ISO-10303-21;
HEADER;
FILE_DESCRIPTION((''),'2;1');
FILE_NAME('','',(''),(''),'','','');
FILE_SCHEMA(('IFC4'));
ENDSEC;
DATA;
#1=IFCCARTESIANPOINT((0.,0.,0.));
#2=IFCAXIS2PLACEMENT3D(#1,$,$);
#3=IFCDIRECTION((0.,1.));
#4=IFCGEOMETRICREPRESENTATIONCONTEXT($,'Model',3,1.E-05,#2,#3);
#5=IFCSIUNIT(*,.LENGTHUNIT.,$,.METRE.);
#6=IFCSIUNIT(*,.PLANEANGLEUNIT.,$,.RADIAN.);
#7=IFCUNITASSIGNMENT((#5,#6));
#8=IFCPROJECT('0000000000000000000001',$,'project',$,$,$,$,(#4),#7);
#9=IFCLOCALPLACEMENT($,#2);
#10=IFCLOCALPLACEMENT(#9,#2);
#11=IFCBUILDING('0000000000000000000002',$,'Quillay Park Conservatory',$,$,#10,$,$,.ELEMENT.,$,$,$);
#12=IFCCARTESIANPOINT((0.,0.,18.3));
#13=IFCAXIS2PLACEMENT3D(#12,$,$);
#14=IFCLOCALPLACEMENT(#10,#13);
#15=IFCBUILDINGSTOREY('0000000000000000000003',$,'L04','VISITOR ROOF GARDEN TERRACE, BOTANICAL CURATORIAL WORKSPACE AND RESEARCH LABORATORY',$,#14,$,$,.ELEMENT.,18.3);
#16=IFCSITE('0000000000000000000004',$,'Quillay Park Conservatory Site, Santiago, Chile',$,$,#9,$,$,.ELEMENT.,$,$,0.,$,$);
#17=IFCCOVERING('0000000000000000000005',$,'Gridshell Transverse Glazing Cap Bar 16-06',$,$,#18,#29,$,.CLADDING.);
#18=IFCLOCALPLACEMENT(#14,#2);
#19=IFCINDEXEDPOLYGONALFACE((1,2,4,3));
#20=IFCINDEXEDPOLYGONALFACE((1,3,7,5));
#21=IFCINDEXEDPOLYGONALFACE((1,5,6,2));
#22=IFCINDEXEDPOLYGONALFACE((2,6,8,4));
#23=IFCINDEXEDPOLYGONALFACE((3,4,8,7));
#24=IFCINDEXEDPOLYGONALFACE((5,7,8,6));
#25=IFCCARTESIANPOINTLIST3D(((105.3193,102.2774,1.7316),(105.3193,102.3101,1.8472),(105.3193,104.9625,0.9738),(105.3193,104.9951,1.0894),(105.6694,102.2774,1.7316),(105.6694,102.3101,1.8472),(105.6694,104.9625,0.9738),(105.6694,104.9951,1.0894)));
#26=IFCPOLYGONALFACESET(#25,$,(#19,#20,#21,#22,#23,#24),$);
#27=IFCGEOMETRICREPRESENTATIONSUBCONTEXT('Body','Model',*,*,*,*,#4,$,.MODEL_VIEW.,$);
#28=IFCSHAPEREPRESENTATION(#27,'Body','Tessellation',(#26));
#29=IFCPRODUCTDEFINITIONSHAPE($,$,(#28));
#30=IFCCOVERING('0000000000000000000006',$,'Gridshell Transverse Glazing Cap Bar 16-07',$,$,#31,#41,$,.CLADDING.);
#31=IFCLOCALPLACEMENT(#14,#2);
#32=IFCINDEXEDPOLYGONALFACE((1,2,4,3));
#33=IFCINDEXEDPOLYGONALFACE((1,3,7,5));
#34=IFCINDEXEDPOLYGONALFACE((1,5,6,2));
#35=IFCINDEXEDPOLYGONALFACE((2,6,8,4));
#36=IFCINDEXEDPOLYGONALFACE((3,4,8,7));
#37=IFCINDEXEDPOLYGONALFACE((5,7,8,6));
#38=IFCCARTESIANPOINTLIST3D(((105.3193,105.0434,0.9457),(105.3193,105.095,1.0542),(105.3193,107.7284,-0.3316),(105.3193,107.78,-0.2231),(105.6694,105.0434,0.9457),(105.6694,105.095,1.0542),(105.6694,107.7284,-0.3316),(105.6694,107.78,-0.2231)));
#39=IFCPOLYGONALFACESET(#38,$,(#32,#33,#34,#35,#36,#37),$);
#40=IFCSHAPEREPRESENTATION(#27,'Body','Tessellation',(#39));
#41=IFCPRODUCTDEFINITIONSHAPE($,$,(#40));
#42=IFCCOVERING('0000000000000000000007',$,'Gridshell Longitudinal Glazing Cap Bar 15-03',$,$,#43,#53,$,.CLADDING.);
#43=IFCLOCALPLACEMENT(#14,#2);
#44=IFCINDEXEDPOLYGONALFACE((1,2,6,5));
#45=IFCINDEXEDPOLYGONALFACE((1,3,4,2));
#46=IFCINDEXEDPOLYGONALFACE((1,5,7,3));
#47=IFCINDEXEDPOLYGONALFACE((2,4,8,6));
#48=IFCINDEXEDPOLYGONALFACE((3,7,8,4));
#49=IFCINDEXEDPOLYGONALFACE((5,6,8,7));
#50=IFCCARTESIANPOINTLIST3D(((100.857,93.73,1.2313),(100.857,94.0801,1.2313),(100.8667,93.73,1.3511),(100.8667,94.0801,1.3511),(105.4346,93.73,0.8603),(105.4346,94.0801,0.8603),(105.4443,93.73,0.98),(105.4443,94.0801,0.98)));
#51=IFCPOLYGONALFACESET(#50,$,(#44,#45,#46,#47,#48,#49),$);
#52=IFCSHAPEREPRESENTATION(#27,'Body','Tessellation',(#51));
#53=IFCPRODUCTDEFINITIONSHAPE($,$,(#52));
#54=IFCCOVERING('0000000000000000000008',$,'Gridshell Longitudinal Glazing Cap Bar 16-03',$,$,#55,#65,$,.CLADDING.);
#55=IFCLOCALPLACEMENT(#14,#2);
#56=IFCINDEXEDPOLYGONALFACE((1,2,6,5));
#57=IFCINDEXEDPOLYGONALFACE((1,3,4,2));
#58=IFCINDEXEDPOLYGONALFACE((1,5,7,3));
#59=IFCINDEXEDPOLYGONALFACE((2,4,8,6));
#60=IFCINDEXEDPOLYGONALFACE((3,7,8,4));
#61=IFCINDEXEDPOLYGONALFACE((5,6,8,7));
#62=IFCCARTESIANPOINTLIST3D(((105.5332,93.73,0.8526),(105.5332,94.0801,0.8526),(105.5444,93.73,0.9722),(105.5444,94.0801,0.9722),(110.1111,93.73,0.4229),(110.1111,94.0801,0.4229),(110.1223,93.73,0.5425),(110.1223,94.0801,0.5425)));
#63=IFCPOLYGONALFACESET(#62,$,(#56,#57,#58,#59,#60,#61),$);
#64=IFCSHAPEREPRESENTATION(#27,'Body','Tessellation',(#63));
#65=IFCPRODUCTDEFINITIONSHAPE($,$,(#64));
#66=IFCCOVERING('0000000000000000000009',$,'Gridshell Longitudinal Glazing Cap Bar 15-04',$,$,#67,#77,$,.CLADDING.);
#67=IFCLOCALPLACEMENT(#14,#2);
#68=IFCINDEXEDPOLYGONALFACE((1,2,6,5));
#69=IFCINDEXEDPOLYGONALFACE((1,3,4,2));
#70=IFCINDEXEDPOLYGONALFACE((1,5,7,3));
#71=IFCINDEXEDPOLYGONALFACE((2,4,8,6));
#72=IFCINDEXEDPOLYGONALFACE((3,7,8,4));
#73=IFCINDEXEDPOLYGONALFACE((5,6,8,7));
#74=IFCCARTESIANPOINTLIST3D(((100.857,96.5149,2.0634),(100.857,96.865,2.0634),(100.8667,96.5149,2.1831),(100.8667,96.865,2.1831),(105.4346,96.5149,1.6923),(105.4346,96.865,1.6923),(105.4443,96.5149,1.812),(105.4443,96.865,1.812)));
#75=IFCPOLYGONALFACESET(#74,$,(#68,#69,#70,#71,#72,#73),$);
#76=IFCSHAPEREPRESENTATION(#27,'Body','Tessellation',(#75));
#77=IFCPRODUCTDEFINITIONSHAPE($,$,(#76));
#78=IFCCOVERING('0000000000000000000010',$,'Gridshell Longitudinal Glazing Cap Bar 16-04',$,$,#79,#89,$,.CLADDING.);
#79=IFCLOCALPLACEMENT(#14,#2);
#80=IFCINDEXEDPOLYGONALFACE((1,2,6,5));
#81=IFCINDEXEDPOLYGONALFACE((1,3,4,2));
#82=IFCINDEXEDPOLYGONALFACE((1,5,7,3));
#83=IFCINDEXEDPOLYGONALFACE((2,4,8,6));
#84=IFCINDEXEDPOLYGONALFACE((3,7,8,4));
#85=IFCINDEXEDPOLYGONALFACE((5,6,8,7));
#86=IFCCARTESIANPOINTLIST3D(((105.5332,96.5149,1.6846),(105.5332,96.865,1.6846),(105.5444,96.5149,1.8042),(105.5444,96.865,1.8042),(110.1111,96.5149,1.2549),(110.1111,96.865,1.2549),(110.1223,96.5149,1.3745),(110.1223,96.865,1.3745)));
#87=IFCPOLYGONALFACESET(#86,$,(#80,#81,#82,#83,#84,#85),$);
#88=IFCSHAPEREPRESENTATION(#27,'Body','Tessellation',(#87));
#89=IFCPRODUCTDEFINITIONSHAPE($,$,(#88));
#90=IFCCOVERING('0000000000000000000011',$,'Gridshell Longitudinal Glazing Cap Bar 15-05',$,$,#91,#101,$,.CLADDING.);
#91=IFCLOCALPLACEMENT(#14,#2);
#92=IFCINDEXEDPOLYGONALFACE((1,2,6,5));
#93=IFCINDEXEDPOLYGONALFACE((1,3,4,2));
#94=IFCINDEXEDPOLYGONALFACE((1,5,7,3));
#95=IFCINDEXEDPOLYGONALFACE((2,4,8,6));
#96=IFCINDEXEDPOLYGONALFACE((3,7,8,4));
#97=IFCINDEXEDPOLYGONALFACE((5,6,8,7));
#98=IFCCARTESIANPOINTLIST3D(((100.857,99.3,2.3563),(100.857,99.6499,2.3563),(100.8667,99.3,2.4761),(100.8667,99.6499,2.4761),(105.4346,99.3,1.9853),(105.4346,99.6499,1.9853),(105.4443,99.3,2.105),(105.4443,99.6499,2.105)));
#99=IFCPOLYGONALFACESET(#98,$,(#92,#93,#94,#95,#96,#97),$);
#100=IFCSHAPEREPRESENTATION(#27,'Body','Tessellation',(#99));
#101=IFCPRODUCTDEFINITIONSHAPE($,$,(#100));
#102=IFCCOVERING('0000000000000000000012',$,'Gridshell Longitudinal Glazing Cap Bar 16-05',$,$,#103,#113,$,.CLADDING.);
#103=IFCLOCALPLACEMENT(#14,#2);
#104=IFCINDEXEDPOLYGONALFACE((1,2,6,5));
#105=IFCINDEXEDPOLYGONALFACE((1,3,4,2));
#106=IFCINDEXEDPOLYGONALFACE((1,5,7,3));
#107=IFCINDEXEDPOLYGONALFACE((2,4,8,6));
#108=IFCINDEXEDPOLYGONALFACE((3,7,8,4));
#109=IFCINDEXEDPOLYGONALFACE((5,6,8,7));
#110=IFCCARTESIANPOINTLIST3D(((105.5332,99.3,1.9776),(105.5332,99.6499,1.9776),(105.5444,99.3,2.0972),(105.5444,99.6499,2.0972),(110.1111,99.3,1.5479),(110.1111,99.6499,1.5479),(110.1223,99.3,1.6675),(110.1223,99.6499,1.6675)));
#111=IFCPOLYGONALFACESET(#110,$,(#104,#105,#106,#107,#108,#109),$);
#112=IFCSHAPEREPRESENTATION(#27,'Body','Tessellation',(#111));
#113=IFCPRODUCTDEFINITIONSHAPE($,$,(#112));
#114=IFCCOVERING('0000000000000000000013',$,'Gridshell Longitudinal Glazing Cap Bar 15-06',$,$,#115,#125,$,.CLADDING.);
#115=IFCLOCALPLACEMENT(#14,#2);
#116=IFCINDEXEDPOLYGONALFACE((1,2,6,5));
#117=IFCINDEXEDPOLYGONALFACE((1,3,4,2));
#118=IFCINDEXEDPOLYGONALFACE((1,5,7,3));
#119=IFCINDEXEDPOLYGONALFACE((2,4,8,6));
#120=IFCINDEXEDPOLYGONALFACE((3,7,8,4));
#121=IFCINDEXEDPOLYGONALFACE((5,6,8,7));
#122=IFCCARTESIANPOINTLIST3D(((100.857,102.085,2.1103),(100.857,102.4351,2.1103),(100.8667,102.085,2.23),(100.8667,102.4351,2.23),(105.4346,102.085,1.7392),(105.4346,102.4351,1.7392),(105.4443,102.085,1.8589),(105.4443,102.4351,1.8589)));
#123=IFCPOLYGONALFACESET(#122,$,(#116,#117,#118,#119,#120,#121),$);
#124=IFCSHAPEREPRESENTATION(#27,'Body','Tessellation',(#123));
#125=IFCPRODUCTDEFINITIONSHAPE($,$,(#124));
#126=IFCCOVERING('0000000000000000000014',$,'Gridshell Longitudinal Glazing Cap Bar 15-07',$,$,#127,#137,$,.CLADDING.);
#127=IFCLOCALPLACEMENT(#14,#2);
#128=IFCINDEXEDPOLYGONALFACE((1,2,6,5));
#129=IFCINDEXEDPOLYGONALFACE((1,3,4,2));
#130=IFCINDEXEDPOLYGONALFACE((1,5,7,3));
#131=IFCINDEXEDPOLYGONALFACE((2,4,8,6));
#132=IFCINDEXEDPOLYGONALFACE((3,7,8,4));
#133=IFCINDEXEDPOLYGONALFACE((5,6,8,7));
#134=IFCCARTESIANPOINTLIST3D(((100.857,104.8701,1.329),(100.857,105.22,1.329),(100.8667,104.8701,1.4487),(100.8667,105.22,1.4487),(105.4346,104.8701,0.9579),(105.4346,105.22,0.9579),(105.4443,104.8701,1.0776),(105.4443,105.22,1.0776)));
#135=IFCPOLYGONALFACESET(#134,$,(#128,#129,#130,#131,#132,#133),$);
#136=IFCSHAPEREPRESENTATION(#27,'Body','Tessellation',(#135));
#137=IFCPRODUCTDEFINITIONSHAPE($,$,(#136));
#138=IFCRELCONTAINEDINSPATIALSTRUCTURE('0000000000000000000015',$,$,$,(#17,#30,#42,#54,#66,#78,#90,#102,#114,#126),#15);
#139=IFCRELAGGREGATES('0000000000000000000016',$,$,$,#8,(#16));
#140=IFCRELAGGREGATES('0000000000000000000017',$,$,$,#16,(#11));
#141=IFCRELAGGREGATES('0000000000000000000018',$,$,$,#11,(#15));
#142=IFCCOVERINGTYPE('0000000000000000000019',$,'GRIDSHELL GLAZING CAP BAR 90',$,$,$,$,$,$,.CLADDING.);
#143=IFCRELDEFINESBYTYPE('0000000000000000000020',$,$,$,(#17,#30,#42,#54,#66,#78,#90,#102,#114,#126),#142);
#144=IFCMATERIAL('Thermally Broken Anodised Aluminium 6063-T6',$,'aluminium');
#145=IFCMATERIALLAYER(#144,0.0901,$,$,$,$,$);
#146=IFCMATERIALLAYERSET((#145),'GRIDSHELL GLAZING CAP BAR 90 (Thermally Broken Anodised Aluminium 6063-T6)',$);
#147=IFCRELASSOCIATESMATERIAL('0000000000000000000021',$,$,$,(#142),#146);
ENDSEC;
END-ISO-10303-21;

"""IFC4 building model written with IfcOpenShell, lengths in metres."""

from ifc_helpers import new_model, si_unit, direction, frame, origin, place, context, subcontext, project, spatial, polyline, outline, extrude, material, layer, layer_set, type_object, element, save


model = new_model("IFC4")

# Units and contexts
model_context = context("Model", 3, precision=1e-05, world=origin(), true_north=direction((0.0, 1.0)))
body_context = subcontext(model_context, "Body", "Model", "MODEL_VIEW")
ifc_project = project(units=[si_unit("LENGTHUNIT", "METRE"), si_unit("PLANEANGLEUNIT", "RADIAN")], contexts=[model_context])

# Site, building, storey
site_placement = place(None, origin())
site = spatial("IfcSite", under=ifc_project, at=site_placement, Name="Quillay Park Conservatory Site, Santiago, Chile", CompositionType="ELEMENT", RefElevation=0.0)
building_placement = place(site_placement, origin())
building = spatial("IfcBuilding", under=site, at=building_placement, Name="Quillay Park Conservatory", CompositionType="ELEMENT")
storey_placement = place(building_placement, frame((0.0, 0.0, 18.3)))
storey = spatial("IfcBuildingStorey", under=building, at=storey_placement, Name="L04", Description="VISITOR ROOF GARDEN TERRACE, BOTANICAL CURATORIAL WORKSPACE AND RESEARCH LABORATORY", CompositionType="ELEMENT", Elevation=18.3)

# Coverings
ifc_material_1 = material(Name="Thermally Broken Anodised Aluminium 6063-T6", Category="aluminium")
ifc_layer_1 = layer(ifc_material_1, 0.0901)
ifc_layer_set_1 = layer_set([ifc_layer_1], Name="GRIDSHELL GLAZING CAP BAR 90 (Thermally Broken Anodised Aluminium 6063-T6)")
covering_type = type_object("IfcCoveringType", Name="GRIDSHELL GLAZING CAP BAR 90", PredefinedType="CLADDING", material=ifc_layer_set_1)
covering_1_placement = place(storey_placement, frame((105.3193, 102.3101, 1.8472), z_axis=(0.0, 0.271622, 0.962404), x_axis=(1.0, 0.0, 0.0)))
element("IfcCovering", 1, at=covering_1_placement, inside=storey, type_object=covering_type, Name="Gridshell Transverse Glazing Cap Bar 16-06", PredefinedType="CLADDING", context=body_context, shape_type="SweptSolid", body=[
    extrude(outline(polyline([(0.0, 0.0), (0.3501, 0.0), (0.3501, 2.7899), (0.0, 2.7899), (0.0, 0.0)])), origin(), (0.0, 0.0, -1.0), 0.1201),
])
covering_2_placement = place(storey_placement, frame((105.3193, 105.095, 1.0542), z_axis=(0.0, 0.429589, 0.903024), x_axis=(1.0, 0.0, 0.0)))
element("IfcCovering", 2, at=covering_2_placement, inside=storey, type_object=covering_type, Name="Gridshell Transverse Glazing Cap Bar 16-07", PredefinedType="CLADDING", context=body_context, shape_type="SweptSolid", body=[
    extrude(outline(polyline([(0.0, 0.0), (0.3501, 0.0), (0.3501, 2.9734), (0.0, 2.9734), (0.0, 0.0)])), origin(), (0.0, 0.0, -1.0), 0.1201),
])
covering_3_placement = place(storey_placement, frame((100.8667, 93.73, 1.3511), z_axis=(0.080802, 0.0, 0.99673), x_axis=(0.99673, 0.0, -0.080802)))
element("IfcCovering", 3, at=covering_3_placement, inside=storey, type_object=covering_type, Name="Gridshell Longitudinal Glazing Cap Bar 15-03", PredefinedType="CLADDING", context=body_context, shape_type="SweptSolid", body=[
    extrude(outline(polyline([(0.0, 0.0), (4.5927, 0.0), (4.5927, 0.3501), (0.0, 0.3501), (0.0, 0.0)])), origin(), (0.0, 0.0, -1.0), 0.1201),
])
covering_4_placement = place(storey_placement, frame((105.5444, 93.73, 0.9722), z_axis=(0.093451, 0.0, 0.995624), x_axis=(0.995624, 0.0, -0.093451)))
element("IfcCovering", 4, at=covering_4_placement, inside=storey, type_object=covering_type, Name="Gridshell Longitudinal Glazing Cap Bar 16-03", PredefinedType="CLADDING", context=body_context, shape_type="SweptSolid", body=[
    extrude(outline(polyline([(0.0, 0.0), (4.598, 0.0), (4.598, 0.3501), (0.0, 0.3501), (0.0, 0.0)])), origin(), (0.0, 0.0, -1.0), 0.1201),
])
covering_5_placement = place(storey_placement, frame((100.8667, 96.5149, 2.1831), z_axis=(0.080802, 0.0, 0.99673), x_axis=(0.99673, 0.0, -0.080802)))
element("IfcCovering", 5, at=covering_5_placement, inside=storey, type_object=covering_type, Name="Gridshell Longitudinal Glazing Cap Bar 15-04", PredefinedType="CLADDING", context=body_context, shape_type="SweptSolid", body=[
    extrude(outline(polyline([(0.0, 0.0), (4.5927, 0.0), (4.5927, 0.3501), (0.0, 0.3501), (0.0, 0.0)])), origin(), (0.0, 0.0, -1.0), 0.1201),
])
covering_6_placement = place(storey_placement, frame((105.5444, 96.5149, 1.8042), z_axis=(0.093451, 0.0, 0.995624), x_axis=(0.995624, 0.0, -0.093451)))
element("IfcCovering", 6, at=covering_6_placement, inside=storey, type_object=covering_type, Name="Gridshell Longitudinal Glazing Cap Bar 16-04", PredefinedType="CLADDING", context=body_context, shape_type="SweptSolid", body=[
    extrude(outline(polyline([(0.0, 0.0), (4.598, 0.0), (4.598, 0.3501), (0.0, 0.3501), (0.0, 0.0)])), origin(), (0.0, 0.0, -1.0), 0.1201),
])
covering_7_placement = place(storey_placement, frame((100.8667, 99.3, 2.4761), z_axis=(0.080802, 0.0, 0.99673), x_axis=(0.99673, 0.0, -0.080802)))
element("IfcCovering", 7, at=covering_7_placement, inside=storey, type_object=covering_type, Name="Gridshell Longitudinal Glazing Cap Bar 15-05", PredefinedType="CLADDING", context=body_context, shape_type="SweptSolid", body=[
    extrude(outline(polyline([(0.0, 0.0), (4.5927, 0.0), (4.5927, 0.3499), (0.0, 0.3499), (0.0, 0.0)])), origin(), (0.0, 0.0, -1.0), 0.1201),
])
covering_8_placement = place(storey_placement, frame((105.5444, 99.3, 2.0972), z_axis=(0.093451, 0.0, 0.995624), x_axis=(0.995624, 0.0, -0.093451)))
element("IfcCovering", 8, at=covering_8_placement, inside=storey, type_object=covering_type, Name="Gridshell Longitudinal Glazing Cap Bar 16-05", PredefinedType="CLADDING", context=body_context, shape_type="SweptSolid", body=[
    extrude(outline(polyline([(0.0, 0.0), (4.598, 0.0), (4.598, 0.3499), (0.0, 0.3499), (0.0, 0.0)])), origin(), (0.0, 0.0, -1.0), 0.1201),
])
covering_9_placement = place(storey_placement, frame((100.8667, 102.085, 2.23), z_axis=(0.080802, 0.0, 0.99673), x_axis=(0.99673, 0.0, -0.080802)))
element("IfcCovering", 9, at=covering_9_placement, inside=storey, type_object=covering_type, Name="Gridshell Longitudinal Glazing Cap Bar 15-06", PredefinedType="CLADDING", context=body_context, shape_type="SweptSolid", body=[
    extrude(outline(polyline([(0.0, 0.0), (4.5927, 0.0), (4.5927, 0.3501), (0.0, 0.3501), (0.0, 0.0)])), origin(), (0.0, 0.0, -1.0), 0.1201),
])
covering_10_placement = place(storey_placement, frame((100.8667, 104.8701, 1.4487), z_axis=(0.080802, 0.0, 0.99673), x_axis=(0.99673, 0.0, -0.080802)))
element("IfcCovering", 10, at=covering_10_placement, inside=storey, type_object=covering_type, Name="Gridshell Longitudinal Glazing Cap Bar 15-07", PredefinedType="CLADDING", context=body_context, shape_type="SweptSolid", body=[
    extrude(outline(polyline([(0.0, 0.0), (4.5927, 0.0), (4.5927, 0.3499), (0.0, 0.3499), (0.0, 0.0)])), origin(), (0.0, 0.0, -1.0), 0.1201),
])

save(model, "model.ifc")
